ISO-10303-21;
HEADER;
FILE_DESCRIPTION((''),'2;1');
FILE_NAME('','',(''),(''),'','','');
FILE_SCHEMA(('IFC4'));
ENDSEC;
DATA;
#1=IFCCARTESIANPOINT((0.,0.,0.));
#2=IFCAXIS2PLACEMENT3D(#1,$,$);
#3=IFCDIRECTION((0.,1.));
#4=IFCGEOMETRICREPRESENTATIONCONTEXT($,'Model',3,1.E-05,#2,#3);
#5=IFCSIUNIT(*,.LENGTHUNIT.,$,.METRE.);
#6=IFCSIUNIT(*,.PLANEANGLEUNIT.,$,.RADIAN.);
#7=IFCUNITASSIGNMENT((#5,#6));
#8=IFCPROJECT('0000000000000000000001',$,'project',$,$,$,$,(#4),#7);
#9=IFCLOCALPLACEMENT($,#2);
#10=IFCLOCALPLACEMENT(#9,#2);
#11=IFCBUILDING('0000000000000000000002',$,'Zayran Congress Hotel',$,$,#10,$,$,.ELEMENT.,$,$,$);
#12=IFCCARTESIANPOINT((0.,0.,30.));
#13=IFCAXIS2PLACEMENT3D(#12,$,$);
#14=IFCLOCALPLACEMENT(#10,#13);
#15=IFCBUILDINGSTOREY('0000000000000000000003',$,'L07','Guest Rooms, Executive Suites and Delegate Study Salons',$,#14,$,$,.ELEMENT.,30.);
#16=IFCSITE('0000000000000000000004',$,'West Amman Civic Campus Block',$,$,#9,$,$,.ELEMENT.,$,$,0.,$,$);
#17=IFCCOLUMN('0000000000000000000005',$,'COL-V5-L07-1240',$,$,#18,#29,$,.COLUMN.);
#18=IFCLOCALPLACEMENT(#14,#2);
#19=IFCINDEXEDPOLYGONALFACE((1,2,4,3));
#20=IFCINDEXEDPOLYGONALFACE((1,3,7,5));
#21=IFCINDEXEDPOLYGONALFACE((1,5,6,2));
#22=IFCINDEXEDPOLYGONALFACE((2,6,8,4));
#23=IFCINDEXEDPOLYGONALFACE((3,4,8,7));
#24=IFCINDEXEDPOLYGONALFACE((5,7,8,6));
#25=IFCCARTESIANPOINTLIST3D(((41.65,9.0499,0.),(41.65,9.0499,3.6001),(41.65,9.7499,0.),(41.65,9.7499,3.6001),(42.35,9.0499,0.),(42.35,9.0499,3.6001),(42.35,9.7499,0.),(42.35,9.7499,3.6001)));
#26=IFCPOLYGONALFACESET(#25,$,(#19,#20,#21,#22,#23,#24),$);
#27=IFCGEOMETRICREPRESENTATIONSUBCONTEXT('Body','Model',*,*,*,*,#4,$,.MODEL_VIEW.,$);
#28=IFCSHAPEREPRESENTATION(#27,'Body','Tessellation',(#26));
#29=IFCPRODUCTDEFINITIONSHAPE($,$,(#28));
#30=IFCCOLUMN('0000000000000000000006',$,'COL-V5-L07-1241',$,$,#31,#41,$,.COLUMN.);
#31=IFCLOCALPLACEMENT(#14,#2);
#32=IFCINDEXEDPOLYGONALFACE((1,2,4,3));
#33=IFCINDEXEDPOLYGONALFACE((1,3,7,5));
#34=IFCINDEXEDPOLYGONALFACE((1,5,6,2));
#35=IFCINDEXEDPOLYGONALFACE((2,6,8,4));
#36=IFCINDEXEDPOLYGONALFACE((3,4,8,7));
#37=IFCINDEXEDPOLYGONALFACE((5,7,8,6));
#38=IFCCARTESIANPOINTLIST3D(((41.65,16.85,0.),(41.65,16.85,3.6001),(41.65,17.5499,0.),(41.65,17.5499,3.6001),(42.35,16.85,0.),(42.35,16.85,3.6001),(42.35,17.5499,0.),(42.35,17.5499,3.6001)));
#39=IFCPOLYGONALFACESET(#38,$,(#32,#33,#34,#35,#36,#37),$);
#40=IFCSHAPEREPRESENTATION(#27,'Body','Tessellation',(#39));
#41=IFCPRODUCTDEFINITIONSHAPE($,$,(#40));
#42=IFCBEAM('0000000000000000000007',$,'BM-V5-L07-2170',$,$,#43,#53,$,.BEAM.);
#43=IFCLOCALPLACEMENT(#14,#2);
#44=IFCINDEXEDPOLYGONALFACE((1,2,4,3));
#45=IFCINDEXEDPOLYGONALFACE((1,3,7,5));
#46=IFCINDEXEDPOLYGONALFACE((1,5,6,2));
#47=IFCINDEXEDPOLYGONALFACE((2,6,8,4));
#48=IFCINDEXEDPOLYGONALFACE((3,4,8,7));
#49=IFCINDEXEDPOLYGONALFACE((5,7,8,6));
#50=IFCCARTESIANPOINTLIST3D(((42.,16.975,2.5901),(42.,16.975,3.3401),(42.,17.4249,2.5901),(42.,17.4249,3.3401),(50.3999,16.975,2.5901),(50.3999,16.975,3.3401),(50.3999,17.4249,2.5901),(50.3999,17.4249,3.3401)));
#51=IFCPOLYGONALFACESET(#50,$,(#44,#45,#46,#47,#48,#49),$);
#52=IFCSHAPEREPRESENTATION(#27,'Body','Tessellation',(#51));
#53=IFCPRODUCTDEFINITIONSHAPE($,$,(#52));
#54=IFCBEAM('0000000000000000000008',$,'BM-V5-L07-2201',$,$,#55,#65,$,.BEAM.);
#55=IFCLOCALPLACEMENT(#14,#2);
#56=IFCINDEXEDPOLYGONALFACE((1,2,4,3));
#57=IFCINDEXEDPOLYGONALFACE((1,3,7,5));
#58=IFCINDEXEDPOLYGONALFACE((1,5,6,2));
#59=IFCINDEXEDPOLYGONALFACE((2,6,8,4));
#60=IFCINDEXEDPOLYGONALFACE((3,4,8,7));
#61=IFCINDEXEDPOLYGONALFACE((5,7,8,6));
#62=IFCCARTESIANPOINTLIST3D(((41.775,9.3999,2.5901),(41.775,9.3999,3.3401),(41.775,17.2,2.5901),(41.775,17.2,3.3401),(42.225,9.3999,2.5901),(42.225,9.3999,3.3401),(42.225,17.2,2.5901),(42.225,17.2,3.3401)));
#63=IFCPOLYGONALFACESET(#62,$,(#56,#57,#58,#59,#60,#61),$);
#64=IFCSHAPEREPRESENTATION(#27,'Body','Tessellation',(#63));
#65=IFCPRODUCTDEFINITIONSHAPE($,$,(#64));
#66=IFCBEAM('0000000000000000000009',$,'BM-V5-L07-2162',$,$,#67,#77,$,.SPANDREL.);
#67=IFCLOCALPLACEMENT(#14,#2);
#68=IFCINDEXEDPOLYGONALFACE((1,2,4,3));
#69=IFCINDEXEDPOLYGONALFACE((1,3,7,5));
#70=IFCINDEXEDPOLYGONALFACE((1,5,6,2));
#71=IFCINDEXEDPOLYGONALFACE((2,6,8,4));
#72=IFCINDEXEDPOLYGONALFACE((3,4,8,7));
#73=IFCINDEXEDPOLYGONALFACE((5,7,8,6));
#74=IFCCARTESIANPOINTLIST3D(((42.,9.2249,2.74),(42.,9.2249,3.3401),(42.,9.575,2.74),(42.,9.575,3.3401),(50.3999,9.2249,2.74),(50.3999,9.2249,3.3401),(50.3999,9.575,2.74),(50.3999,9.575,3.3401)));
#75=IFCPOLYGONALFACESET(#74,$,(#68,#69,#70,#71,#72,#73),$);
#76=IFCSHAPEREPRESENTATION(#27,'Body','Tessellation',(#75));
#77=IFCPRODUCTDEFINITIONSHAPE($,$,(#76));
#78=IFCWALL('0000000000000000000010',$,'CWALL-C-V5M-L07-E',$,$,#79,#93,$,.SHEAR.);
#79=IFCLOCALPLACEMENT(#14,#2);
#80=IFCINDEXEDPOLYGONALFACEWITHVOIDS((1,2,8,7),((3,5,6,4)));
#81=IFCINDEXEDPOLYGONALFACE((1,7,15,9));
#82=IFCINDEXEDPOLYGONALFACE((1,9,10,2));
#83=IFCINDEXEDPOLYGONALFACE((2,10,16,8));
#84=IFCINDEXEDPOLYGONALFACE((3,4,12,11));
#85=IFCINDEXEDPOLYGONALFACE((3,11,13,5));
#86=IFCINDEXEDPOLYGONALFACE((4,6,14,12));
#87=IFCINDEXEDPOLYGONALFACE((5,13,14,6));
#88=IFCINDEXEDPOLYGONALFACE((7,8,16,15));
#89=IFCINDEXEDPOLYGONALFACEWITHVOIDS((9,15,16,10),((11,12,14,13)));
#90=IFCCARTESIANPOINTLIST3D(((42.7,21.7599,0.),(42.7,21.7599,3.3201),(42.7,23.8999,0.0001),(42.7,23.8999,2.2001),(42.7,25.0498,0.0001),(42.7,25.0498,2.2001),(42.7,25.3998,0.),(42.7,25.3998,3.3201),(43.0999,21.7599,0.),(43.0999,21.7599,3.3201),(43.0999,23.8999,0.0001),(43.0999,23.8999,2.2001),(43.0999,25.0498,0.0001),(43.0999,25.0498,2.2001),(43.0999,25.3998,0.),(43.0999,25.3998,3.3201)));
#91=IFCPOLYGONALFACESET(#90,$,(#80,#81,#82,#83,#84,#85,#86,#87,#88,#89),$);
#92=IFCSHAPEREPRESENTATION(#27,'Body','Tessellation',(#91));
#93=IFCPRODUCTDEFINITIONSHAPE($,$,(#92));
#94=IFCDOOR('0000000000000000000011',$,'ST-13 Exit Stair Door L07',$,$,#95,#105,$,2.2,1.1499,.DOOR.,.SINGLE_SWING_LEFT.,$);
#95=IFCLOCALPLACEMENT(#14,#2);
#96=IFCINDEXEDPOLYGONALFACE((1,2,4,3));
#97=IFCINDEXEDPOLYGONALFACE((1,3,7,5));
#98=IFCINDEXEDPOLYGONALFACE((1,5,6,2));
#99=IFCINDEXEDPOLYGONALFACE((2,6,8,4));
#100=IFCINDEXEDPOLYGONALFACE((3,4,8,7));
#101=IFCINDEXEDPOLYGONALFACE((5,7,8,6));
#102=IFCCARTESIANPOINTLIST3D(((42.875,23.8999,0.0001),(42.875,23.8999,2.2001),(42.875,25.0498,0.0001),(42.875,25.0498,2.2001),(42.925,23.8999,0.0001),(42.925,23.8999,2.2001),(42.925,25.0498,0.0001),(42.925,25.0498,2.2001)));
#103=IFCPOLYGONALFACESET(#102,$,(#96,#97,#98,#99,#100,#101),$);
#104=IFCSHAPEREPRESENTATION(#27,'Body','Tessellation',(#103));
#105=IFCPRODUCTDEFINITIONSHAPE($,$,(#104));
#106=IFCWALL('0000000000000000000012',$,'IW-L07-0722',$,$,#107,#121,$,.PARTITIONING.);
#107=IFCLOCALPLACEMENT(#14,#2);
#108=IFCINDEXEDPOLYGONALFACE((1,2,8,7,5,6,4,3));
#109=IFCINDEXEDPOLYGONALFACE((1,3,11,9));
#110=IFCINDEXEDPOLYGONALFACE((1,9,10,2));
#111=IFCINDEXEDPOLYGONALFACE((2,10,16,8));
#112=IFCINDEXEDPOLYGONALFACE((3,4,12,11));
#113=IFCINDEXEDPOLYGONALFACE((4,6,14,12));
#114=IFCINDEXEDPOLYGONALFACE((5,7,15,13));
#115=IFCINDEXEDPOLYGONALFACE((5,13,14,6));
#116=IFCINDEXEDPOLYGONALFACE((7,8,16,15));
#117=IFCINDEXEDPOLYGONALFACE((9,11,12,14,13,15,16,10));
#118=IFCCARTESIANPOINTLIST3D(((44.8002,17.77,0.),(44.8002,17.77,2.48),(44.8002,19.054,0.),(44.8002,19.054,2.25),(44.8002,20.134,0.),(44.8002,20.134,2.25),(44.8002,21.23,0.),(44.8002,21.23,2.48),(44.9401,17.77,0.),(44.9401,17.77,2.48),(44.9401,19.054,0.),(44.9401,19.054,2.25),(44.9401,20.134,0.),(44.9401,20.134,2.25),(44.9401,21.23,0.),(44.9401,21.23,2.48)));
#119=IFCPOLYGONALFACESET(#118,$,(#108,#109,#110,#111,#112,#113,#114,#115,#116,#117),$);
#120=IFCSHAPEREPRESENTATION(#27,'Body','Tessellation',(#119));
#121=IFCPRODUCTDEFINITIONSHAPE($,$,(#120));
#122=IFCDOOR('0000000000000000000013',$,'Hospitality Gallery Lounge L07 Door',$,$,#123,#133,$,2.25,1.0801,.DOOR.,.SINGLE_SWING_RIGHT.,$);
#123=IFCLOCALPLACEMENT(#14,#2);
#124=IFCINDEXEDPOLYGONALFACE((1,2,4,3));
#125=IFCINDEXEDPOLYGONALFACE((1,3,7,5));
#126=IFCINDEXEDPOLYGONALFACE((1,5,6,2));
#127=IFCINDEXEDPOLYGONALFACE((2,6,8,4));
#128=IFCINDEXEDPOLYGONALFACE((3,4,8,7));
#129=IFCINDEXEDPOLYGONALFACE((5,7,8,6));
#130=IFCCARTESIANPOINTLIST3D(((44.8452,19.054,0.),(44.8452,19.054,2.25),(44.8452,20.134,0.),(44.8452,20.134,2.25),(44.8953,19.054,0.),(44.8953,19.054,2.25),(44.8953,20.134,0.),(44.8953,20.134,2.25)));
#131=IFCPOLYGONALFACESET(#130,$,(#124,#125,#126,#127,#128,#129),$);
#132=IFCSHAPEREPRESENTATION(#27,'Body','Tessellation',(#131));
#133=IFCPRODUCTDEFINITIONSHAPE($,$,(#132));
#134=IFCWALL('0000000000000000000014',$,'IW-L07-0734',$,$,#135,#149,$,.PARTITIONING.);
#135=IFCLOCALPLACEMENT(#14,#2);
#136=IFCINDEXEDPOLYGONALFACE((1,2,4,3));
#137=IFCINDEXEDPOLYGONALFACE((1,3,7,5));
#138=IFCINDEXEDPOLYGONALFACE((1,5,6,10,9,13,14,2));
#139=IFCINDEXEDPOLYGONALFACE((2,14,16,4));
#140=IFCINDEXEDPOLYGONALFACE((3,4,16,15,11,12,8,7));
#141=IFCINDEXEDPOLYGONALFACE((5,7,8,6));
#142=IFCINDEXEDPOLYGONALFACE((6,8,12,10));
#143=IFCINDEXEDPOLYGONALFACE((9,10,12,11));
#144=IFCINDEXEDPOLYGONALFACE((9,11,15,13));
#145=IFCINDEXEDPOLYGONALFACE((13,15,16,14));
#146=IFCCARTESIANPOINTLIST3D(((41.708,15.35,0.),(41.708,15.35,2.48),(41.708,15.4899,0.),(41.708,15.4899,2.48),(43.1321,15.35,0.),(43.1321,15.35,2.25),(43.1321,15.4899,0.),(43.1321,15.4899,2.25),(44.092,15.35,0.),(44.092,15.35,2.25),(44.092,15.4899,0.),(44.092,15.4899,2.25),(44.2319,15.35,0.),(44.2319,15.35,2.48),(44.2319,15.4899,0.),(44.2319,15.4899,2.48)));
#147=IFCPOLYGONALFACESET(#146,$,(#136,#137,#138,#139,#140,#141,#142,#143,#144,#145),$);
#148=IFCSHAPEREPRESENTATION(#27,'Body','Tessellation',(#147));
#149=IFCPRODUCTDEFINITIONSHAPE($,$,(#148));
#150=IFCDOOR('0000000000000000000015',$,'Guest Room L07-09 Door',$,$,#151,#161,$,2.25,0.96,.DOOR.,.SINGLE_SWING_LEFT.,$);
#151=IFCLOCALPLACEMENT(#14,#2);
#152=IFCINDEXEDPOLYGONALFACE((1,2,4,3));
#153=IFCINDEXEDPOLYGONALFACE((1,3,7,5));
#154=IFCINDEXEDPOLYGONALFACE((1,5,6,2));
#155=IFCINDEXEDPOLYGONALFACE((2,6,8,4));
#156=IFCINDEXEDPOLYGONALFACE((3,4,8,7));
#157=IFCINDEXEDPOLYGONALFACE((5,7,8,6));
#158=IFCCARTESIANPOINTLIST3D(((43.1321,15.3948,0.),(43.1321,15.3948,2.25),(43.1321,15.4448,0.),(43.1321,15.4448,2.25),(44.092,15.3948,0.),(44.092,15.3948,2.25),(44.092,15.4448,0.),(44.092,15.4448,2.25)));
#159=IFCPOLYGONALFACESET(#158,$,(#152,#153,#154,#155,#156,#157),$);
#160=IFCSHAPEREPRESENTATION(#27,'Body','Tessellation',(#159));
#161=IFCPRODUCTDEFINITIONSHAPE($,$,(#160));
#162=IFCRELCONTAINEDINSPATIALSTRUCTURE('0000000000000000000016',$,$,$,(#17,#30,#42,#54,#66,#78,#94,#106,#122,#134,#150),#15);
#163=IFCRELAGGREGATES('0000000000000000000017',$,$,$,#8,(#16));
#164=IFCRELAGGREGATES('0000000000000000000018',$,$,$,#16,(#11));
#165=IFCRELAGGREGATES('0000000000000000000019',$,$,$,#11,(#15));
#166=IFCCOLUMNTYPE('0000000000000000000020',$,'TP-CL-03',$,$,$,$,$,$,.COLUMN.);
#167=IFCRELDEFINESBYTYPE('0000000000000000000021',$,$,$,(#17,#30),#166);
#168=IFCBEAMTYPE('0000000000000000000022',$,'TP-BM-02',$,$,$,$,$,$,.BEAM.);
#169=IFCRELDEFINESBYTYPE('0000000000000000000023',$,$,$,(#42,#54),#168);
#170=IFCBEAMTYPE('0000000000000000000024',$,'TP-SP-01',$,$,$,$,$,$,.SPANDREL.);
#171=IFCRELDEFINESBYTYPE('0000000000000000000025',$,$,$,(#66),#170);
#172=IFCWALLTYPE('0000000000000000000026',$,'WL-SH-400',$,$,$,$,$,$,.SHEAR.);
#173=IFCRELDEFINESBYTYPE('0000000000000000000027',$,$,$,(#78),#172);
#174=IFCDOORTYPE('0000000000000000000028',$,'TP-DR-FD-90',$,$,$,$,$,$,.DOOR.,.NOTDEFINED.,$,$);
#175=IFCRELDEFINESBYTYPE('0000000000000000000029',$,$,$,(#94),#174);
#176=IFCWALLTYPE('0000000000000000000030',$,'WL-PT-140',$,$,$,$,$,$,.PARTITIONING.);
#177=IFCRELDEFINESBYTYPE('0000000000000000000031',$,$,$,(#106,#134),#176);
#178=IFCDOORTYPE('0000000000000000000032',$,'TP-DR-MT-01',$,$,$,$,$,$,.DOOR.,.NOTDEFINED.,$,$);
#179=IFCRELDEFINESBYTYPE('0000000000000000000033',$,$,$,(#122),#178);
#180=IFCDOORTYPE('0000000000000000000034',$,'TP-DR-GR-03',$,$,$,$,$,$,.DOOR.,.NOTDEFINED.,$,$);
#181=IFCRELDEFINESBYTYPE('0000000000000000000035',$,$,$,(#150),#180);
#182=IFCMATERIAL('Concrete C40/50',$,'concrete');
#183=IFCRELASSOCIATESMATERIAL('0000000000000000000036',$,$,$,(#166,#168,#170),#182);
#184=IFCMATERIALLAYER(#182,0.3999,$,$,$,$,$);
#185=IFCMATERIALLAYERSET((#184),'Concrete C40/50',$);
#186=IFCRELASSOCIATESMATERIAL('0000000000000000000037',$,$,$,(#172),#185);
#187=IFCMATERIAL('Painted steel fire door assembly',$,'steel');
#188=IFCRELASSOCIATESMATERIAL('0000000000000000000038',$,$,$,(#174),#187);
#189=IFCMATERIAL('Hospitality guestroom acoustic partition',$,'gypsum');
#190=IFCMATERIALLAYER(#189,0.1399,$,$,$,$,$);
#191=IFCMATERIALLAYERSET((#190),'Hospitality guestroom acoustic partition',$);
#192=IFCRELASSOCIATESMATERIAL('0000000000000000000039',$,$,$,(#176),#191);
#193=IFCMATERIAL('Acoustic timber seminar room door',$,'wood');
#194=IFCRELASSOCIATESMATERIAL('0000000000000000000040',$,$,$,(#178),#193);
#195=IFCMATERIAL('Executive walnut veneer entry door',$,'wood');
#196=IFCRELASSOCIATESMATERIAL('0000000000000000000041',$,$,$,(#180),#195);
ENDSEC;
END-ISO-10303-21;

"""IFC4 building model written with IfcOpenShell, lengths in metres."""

from ifc_helpers import new_model, si_unit, direction, frame, frame_2d, origin, origin_2d, place, context, subcontext, project, spatial, rectangle, extrude, material, layer, layer_set, material_profile, profile_set, type_object, element, fill, save


model = new_model("IFC4")

# Units and contexts
model_context = context("Model", 3, precision=1e-05, world=origin(), true_north=direction((0.0, 1.0)))
body_context = subcontext(model_context, "Body", "Model", "MODEL_VIEW")
ifc_project = project(units=[si_unit("LENGTHUNIT", "METRE"), si_unit("PLANEANGLEUNIT", "RADIAN")], contexts=[model_context])

# Site, building, storey
site_placement = place(None, origin())
site = spatial("IfcSite", under=ifc_project, at=site_placement, Name="West Amman Civic Campus Block", CompositionType="ELEMENT", RefElevation=0.0)
building_placement = place(site_placement, origin())
building = spatial("IfcBuilding", under=site, at=building_placement, Name="Zayran Congress Hotel", CompositionType="ELEMENT")
storey_placement = place(building_placement, frame((0.0, 0.0, 30.0)))
storey = spatial("IfcBuildingStorey", under=building, at=storey_placement, Name="L07", Description="Guest Rooms, Executive Suites and Delegate Study Salons", CompositionType="ELEMENT", Elevation=30.0)

# Columns
ifc_material_1 = material(Name="Concrete C40/50", Category="concrete")
ifc_material_profile_1 = material_profile(ifc_material_1, rectangle(XDim=0.7, YDim=0.7, at=origin_2d()), Name="RC 700x700")
ifc_profile_set_1 = profile_set([ifc_material_profile_1], Name="Concrete C40/50")
column_type = type_object("IfcColumnType", Name="TP-CL-03", PredefinedType="COLUMN", material=ifc_profile_set_1)
for number, where, z_axis, x_axis, name in (
    (1, (42.0, 9.3999, 0.0), (0.0, 0.0, 1.0), (1.0, 0.0, 0.0), "COL-V5-L07-1240"),
    (2, (42.0, 17.2, 0.0), (0.0, 0.0, 1.0), (1.0, 0.0, 0.0), "COL-V5-L07-1241"),
):
    element("IfcColumn", number, at=place(storey_placement, frame(where, z_axis=z_axis, x_axis=x_axis)), inside=storey, type_object=column_type, Name=name, PredefinedType="COLUMN", context=body_context, shape_type="SweptSolid", body=[
        extrude(rectangle(XDim=0.7, YDim=0.7, at=origin_2d()), origin(), (0.0, 0.0, 1.0), 3.6001),
    ])

# Beams
ifc_material_profile_2 = material_profile(ifc_material_1, rectangle(XDim=0.45, YDim=0.75, at=origin_2d()), Name="RC 450x750")
ifc_profile_set_2 = profile_set([ifc_material_profile_2], Name="Concrete C40/50")
beam_type_1 = type_object("IfcBeamType", Name="TP-BM-02", PredefinedType="BEAM", material=ifc_profile_set_2)
beam_1_placement = place(storey_placement, frame((42.0, 17.2, 2.9651), z_axis=(1.0, 0.0, 0.0), x_axis=(0.0, 1.0, 0.0)))
element("IfcBeam", 3, at=beam_1_placement, inside=storey, type_object=beam_type_1, Name="BM-V5-L07-2170", PredefinedType="BEAM", context=body_context, shape_type="SweptSolid", body=[
    extrude(rectangle(XDim=0.45, YDim=0.75, at=origin_2d()), origin(), (0.0, 0.0, 1.0), 8.3999),
])
beam_2_placement = place(storey_placement, frame((42.0, 9.3999, 2.9651), z_axis=(0.0, 1.0, 0.0), x_axis=(-1.0, 0.0, 0.0)))
element("IfcBeam", 4, at=beam_2_placement, inside=storey, type_object=beam_type_1, Name="BM-V5-L07-2201", PredefinedType="BEAM", context=body_context, shape_type="SweptSolid", body=[
    extrude(rectangle(XDim=0.45, YDim=0.75, at=origin_2d()), origin(), (0.0, 0.0, 1.0), 7.8),
])
ifc_material_profile_3 = material_profile(ifc_material_1, rectangle(XDim=0.3501, YDim=0.6001, at=origin_2d()), Name="RC 350x600")
ifc_profile_set_3 = profile_set([ifc_material_profile_3], Name="Concrete C40/50")
beam_type_2 = type_object("IfcBeamType", Name="TP-SP-01", PredefinedType="SPANDREL", material=ifc_profile_set_3)
beam_3_placement = place(storey_placement, frame((42.0, 9.3999, 3.04), z_axis=(1.0, 0.0, 0.0), x_axis=(0.0, 1.0, 0.0)))
element("IfcBeam", 5, at=beam_3_placement, inside=storey, type_object=beam_type_2, Name="BM-V5-L07-2162", PredefinedType="SPANDREL", context=body_context, shape_type="SweptSolid", body=[
    extrude(rectangle(XDim=0.3501, YDim=0.6001, at=origin_2d()), origin(), (0.0, 0.0, 1.0), 8.3999),
])

# Walls, openings, doors
ifc_layer_1 = layer(ifc_material_1, 0.3999)
ifc_layer_set_1 = layer_set([ifc_layer_1], Name="Concrete C40/50")
wall_type_1 = type_object("IfcWallType", Name="WL-SH-400", PredefinedType="SHEAR", material=ifc_layer_set_1)
wall_1_placement = place(storey_placement, frame((42.8999, 21.76, 0.0), z_axis=(0.0, 0.0, 1.0), x_axis=(0.0, 1.0, 0.0)))
wall_1 = element("IfcWall", 6, at=wall_1_placement, inside=storey, type_object=wall_type_1, Name="CWALL-C-V5M-L07-E", PredefinedType="SHEAR", context=body_context, shape_type="SweptSolid", body=[
    extrude(rectangle(XDim=3.6399, YDim=0.3999, at=frame_2d((1.8198, 0.0))), origin(), (0.0, 0.0, 1.0), 3.3201),
])
opening_1_placement = place(wall_1_placement, frame((2.1399, 0.0, 0.0)))
opening_1 = element("IfcOpeningElement", 7, at=opening_1_placement, cuts=wall_1, PredefinedType="OPENING", context=body_context, shape_type="SweptSolid", body=[
    extrude(rectangle(XDim=1.1499, YDim=2.2, at=frame_2d((0.575, 1.1001))), frame((0.0, 0.21, 0.0), z_axis=(0.0, -1.0, 0.0), x_axis=(1.0, 0.0, 0.0)), (0.0, 0.0, 1.0), 0.4199),
])
ifc_material_2 = material(Name="Painted steel fire door assembly", Category="steel")
door_type_1 = type_object("IfcDoorType", Name="TP-DR-FD-90", OperationType="NOTDEFINED", PredefinedType="DOOR", material=ifc_material_2)
door_1_placement = place(opening_1_placement, origin())
door_1 = element("IfcDoor", 8, at=door_1_placement, inside=storey, type_object=door_type_1, Name="ST-13 Exit Stair Door L07", OperationType="SINGLE_SWING_LEFT", OverallHeight=2.2, OverallWidth=1.1499, PredefinedType="DOOR", context=body_context, shape_type="SweptSolid", body=[
    extrude(rectangle(XDim=1.1499, YDim=2.2, at=frame_2d((0.575, 1.1001))), frame((0.0, 0.0249, 0.0), z_axis=(0.0, -1.0, 0.0), x_axis=(1.0, 0.0, 0.0)), (0.0, 0.0, 1.0), 0.05),
])
fill(opening_1, door_1)
ifc_material_3 = material(Name="Hospitality guestroom acoustic partition", Category="gypsum")
ifc_layer_2 = layer(ifc_material_3, 0.1399)
ifc_layer_set_2 = layer_set([ifc_layer_2], Name="Hospitality guestroom acoustic partition")
wall_type_2 = type_object("IfcWallType", Name="WL-PT-140", PredefinedType="PARTITIONING", material=ifc_layer_set_2)
wall_2_placement = place(storey_placement, frame((44.8701, 17.77, 0.0), z_axis=(0.0, 0.0, 1.0), x_axis=(0.0, 1.0, 0.0)))
wall_2 = element("IfcWall", 9, at=wall_2_placement, inside=storey, type_object=wall_type_2, Name="IW-L07-0722", PredefinedType="PARTITIONING", context=body_context, shape_type="SweptSolid", body=[
    extrude(rectangle(XDim=3.46, YDim=0.1399, at=frame_2d((1.73, 0.0))), origin(), (0.0, 0.0, 1.0), 2.48),
])
opening_2_placement = place(wall_2_placement, frame((1.2839, 0.0, 0.0)))
opening_2 = element("IfcOpeningElement", 10, at=opening_2_placement, cuts=wall_2, PredefinedType="OPENING", context=body_context, shape_type="SweptSolid", body=[
    extrude(rectangle(XDim=1.0801, YDim=2.25, at=frame_2d((0.54, 1.125))), frame((0.0, 0.0798, 0.0), z_axis=(0.0, -1.0, 0.0), x_axis=(1.0, 0.0, 0.0)), (0.0, 0.0, 1.0), 0.1599),
])
ifc_material_4 = material(Name="Acoustic timber seminar room door", Category="wood")
door_type_2 = type_object("IfcDoorType", Name="TP-DR-MT-01", OperationType="NOTDEFINED", PredefinedType="DOOR", material=ifc_material_4)
door_2_placement = place(opening_2_placement, origin())
door_2 = element("IfcDoor", 11, at=door_2_placement, inside=storey, type_object=door_type_2, Name="Hospitality Gallery Lounge L07 Door", OperationType="SINGLE_SWING_RIGHT", OverallHeight=2.25, OverallWidth=1.0801, PredefinedType="DOOR", context=body_context, shape_type="SweptSolid", body=[
    extrude(rectangle(XDim=1.0801, YDim=2.25, at=frame_2d((0.54, 1.125))), frame((0.0, 0.0249, 0.0), z_axis=(0.0, -1.0, 0.0), x_axis=(1.0, 0.0, 0.0)), (0.0, 0.0, 1.0), 0.05),
])
fill(opening_2, door_2)
wall_3_placement = place(storey_placement, frame((41.708, 15.4199, 0.0), z_axis=(0.0, 0.0, 1.0), x_axis=(1.0, 0.0, 0.0)))
wall_3 = element("IfcWall", 12, at=wall_3_placement, inside=storey, type_object=wall_type_2, Name="IW-L07-0734", PredefinedType="PARTITIONING", context=body_context, shape_type="SweptSolid", body=[
    extrude(rectangle(XDim=2.5239, YDim=0.1399, at=frame_2d((1.262, 0.0))), origin(), (0.0, 0.0, 1.0), 2.48),
])
opening_3_placement = place(wall_3_placement, frame((1.4241, 0.0, 0.0)))
opening_3 = element("IfcOpeningElement", 13, at=opening_3_placement, cuts=wall_3, PredefinedType="OPENING", context=body_context, shape_type="SweptSolid", body=[
    extrude(rectangle(XDim=0.96, YDim=2.25, at=frame_2d((0.48, 1.125))), frame((0.0, 0.0798, 0.0), z_axis=(0.0, -1.0, 0.0), x_axis=(1.0, 0.0, 0.0)), (0.0, 0.0, 1.0), 0.1599),
])
ifc_material_5 = material(Name="Executive walnut veneer entry door", Category="wood")
door_type_3 = type_object("IfcDoorType", Name="TP-DR-GR-03", OperationType="NOTDEFINED", PredefinedType="DOOR", material=ifc_material_5)
door_3_placement = place(opening_3_placement, origin())
door_3 = element("IfcDoor", 14, at=door_3_placement, inside=storey, type_object=door_type_3, Name="Guest Room L07-09 Door", OperationType="SINGLE_SWING_LEFT", OverallHeight=2.25, OverallWidth=0.96, PredefinedType="DOOR", context=body_context, shape_type="SweptSolid", body=[
    extrude(rectangle(XDim=0.96, YDim=2.25, at=frame_2d((0.48, 1.125))), frame((0.0, 0.0249, 0.0), z_axis=(0.0, -1.0, 0.0), x_axis=(1.0, 0.0, 0.0)), (0.0, 0.0, 1.0), 0.05),
])
fill(opening_3, door_3)

save(model, "model.ifc")
